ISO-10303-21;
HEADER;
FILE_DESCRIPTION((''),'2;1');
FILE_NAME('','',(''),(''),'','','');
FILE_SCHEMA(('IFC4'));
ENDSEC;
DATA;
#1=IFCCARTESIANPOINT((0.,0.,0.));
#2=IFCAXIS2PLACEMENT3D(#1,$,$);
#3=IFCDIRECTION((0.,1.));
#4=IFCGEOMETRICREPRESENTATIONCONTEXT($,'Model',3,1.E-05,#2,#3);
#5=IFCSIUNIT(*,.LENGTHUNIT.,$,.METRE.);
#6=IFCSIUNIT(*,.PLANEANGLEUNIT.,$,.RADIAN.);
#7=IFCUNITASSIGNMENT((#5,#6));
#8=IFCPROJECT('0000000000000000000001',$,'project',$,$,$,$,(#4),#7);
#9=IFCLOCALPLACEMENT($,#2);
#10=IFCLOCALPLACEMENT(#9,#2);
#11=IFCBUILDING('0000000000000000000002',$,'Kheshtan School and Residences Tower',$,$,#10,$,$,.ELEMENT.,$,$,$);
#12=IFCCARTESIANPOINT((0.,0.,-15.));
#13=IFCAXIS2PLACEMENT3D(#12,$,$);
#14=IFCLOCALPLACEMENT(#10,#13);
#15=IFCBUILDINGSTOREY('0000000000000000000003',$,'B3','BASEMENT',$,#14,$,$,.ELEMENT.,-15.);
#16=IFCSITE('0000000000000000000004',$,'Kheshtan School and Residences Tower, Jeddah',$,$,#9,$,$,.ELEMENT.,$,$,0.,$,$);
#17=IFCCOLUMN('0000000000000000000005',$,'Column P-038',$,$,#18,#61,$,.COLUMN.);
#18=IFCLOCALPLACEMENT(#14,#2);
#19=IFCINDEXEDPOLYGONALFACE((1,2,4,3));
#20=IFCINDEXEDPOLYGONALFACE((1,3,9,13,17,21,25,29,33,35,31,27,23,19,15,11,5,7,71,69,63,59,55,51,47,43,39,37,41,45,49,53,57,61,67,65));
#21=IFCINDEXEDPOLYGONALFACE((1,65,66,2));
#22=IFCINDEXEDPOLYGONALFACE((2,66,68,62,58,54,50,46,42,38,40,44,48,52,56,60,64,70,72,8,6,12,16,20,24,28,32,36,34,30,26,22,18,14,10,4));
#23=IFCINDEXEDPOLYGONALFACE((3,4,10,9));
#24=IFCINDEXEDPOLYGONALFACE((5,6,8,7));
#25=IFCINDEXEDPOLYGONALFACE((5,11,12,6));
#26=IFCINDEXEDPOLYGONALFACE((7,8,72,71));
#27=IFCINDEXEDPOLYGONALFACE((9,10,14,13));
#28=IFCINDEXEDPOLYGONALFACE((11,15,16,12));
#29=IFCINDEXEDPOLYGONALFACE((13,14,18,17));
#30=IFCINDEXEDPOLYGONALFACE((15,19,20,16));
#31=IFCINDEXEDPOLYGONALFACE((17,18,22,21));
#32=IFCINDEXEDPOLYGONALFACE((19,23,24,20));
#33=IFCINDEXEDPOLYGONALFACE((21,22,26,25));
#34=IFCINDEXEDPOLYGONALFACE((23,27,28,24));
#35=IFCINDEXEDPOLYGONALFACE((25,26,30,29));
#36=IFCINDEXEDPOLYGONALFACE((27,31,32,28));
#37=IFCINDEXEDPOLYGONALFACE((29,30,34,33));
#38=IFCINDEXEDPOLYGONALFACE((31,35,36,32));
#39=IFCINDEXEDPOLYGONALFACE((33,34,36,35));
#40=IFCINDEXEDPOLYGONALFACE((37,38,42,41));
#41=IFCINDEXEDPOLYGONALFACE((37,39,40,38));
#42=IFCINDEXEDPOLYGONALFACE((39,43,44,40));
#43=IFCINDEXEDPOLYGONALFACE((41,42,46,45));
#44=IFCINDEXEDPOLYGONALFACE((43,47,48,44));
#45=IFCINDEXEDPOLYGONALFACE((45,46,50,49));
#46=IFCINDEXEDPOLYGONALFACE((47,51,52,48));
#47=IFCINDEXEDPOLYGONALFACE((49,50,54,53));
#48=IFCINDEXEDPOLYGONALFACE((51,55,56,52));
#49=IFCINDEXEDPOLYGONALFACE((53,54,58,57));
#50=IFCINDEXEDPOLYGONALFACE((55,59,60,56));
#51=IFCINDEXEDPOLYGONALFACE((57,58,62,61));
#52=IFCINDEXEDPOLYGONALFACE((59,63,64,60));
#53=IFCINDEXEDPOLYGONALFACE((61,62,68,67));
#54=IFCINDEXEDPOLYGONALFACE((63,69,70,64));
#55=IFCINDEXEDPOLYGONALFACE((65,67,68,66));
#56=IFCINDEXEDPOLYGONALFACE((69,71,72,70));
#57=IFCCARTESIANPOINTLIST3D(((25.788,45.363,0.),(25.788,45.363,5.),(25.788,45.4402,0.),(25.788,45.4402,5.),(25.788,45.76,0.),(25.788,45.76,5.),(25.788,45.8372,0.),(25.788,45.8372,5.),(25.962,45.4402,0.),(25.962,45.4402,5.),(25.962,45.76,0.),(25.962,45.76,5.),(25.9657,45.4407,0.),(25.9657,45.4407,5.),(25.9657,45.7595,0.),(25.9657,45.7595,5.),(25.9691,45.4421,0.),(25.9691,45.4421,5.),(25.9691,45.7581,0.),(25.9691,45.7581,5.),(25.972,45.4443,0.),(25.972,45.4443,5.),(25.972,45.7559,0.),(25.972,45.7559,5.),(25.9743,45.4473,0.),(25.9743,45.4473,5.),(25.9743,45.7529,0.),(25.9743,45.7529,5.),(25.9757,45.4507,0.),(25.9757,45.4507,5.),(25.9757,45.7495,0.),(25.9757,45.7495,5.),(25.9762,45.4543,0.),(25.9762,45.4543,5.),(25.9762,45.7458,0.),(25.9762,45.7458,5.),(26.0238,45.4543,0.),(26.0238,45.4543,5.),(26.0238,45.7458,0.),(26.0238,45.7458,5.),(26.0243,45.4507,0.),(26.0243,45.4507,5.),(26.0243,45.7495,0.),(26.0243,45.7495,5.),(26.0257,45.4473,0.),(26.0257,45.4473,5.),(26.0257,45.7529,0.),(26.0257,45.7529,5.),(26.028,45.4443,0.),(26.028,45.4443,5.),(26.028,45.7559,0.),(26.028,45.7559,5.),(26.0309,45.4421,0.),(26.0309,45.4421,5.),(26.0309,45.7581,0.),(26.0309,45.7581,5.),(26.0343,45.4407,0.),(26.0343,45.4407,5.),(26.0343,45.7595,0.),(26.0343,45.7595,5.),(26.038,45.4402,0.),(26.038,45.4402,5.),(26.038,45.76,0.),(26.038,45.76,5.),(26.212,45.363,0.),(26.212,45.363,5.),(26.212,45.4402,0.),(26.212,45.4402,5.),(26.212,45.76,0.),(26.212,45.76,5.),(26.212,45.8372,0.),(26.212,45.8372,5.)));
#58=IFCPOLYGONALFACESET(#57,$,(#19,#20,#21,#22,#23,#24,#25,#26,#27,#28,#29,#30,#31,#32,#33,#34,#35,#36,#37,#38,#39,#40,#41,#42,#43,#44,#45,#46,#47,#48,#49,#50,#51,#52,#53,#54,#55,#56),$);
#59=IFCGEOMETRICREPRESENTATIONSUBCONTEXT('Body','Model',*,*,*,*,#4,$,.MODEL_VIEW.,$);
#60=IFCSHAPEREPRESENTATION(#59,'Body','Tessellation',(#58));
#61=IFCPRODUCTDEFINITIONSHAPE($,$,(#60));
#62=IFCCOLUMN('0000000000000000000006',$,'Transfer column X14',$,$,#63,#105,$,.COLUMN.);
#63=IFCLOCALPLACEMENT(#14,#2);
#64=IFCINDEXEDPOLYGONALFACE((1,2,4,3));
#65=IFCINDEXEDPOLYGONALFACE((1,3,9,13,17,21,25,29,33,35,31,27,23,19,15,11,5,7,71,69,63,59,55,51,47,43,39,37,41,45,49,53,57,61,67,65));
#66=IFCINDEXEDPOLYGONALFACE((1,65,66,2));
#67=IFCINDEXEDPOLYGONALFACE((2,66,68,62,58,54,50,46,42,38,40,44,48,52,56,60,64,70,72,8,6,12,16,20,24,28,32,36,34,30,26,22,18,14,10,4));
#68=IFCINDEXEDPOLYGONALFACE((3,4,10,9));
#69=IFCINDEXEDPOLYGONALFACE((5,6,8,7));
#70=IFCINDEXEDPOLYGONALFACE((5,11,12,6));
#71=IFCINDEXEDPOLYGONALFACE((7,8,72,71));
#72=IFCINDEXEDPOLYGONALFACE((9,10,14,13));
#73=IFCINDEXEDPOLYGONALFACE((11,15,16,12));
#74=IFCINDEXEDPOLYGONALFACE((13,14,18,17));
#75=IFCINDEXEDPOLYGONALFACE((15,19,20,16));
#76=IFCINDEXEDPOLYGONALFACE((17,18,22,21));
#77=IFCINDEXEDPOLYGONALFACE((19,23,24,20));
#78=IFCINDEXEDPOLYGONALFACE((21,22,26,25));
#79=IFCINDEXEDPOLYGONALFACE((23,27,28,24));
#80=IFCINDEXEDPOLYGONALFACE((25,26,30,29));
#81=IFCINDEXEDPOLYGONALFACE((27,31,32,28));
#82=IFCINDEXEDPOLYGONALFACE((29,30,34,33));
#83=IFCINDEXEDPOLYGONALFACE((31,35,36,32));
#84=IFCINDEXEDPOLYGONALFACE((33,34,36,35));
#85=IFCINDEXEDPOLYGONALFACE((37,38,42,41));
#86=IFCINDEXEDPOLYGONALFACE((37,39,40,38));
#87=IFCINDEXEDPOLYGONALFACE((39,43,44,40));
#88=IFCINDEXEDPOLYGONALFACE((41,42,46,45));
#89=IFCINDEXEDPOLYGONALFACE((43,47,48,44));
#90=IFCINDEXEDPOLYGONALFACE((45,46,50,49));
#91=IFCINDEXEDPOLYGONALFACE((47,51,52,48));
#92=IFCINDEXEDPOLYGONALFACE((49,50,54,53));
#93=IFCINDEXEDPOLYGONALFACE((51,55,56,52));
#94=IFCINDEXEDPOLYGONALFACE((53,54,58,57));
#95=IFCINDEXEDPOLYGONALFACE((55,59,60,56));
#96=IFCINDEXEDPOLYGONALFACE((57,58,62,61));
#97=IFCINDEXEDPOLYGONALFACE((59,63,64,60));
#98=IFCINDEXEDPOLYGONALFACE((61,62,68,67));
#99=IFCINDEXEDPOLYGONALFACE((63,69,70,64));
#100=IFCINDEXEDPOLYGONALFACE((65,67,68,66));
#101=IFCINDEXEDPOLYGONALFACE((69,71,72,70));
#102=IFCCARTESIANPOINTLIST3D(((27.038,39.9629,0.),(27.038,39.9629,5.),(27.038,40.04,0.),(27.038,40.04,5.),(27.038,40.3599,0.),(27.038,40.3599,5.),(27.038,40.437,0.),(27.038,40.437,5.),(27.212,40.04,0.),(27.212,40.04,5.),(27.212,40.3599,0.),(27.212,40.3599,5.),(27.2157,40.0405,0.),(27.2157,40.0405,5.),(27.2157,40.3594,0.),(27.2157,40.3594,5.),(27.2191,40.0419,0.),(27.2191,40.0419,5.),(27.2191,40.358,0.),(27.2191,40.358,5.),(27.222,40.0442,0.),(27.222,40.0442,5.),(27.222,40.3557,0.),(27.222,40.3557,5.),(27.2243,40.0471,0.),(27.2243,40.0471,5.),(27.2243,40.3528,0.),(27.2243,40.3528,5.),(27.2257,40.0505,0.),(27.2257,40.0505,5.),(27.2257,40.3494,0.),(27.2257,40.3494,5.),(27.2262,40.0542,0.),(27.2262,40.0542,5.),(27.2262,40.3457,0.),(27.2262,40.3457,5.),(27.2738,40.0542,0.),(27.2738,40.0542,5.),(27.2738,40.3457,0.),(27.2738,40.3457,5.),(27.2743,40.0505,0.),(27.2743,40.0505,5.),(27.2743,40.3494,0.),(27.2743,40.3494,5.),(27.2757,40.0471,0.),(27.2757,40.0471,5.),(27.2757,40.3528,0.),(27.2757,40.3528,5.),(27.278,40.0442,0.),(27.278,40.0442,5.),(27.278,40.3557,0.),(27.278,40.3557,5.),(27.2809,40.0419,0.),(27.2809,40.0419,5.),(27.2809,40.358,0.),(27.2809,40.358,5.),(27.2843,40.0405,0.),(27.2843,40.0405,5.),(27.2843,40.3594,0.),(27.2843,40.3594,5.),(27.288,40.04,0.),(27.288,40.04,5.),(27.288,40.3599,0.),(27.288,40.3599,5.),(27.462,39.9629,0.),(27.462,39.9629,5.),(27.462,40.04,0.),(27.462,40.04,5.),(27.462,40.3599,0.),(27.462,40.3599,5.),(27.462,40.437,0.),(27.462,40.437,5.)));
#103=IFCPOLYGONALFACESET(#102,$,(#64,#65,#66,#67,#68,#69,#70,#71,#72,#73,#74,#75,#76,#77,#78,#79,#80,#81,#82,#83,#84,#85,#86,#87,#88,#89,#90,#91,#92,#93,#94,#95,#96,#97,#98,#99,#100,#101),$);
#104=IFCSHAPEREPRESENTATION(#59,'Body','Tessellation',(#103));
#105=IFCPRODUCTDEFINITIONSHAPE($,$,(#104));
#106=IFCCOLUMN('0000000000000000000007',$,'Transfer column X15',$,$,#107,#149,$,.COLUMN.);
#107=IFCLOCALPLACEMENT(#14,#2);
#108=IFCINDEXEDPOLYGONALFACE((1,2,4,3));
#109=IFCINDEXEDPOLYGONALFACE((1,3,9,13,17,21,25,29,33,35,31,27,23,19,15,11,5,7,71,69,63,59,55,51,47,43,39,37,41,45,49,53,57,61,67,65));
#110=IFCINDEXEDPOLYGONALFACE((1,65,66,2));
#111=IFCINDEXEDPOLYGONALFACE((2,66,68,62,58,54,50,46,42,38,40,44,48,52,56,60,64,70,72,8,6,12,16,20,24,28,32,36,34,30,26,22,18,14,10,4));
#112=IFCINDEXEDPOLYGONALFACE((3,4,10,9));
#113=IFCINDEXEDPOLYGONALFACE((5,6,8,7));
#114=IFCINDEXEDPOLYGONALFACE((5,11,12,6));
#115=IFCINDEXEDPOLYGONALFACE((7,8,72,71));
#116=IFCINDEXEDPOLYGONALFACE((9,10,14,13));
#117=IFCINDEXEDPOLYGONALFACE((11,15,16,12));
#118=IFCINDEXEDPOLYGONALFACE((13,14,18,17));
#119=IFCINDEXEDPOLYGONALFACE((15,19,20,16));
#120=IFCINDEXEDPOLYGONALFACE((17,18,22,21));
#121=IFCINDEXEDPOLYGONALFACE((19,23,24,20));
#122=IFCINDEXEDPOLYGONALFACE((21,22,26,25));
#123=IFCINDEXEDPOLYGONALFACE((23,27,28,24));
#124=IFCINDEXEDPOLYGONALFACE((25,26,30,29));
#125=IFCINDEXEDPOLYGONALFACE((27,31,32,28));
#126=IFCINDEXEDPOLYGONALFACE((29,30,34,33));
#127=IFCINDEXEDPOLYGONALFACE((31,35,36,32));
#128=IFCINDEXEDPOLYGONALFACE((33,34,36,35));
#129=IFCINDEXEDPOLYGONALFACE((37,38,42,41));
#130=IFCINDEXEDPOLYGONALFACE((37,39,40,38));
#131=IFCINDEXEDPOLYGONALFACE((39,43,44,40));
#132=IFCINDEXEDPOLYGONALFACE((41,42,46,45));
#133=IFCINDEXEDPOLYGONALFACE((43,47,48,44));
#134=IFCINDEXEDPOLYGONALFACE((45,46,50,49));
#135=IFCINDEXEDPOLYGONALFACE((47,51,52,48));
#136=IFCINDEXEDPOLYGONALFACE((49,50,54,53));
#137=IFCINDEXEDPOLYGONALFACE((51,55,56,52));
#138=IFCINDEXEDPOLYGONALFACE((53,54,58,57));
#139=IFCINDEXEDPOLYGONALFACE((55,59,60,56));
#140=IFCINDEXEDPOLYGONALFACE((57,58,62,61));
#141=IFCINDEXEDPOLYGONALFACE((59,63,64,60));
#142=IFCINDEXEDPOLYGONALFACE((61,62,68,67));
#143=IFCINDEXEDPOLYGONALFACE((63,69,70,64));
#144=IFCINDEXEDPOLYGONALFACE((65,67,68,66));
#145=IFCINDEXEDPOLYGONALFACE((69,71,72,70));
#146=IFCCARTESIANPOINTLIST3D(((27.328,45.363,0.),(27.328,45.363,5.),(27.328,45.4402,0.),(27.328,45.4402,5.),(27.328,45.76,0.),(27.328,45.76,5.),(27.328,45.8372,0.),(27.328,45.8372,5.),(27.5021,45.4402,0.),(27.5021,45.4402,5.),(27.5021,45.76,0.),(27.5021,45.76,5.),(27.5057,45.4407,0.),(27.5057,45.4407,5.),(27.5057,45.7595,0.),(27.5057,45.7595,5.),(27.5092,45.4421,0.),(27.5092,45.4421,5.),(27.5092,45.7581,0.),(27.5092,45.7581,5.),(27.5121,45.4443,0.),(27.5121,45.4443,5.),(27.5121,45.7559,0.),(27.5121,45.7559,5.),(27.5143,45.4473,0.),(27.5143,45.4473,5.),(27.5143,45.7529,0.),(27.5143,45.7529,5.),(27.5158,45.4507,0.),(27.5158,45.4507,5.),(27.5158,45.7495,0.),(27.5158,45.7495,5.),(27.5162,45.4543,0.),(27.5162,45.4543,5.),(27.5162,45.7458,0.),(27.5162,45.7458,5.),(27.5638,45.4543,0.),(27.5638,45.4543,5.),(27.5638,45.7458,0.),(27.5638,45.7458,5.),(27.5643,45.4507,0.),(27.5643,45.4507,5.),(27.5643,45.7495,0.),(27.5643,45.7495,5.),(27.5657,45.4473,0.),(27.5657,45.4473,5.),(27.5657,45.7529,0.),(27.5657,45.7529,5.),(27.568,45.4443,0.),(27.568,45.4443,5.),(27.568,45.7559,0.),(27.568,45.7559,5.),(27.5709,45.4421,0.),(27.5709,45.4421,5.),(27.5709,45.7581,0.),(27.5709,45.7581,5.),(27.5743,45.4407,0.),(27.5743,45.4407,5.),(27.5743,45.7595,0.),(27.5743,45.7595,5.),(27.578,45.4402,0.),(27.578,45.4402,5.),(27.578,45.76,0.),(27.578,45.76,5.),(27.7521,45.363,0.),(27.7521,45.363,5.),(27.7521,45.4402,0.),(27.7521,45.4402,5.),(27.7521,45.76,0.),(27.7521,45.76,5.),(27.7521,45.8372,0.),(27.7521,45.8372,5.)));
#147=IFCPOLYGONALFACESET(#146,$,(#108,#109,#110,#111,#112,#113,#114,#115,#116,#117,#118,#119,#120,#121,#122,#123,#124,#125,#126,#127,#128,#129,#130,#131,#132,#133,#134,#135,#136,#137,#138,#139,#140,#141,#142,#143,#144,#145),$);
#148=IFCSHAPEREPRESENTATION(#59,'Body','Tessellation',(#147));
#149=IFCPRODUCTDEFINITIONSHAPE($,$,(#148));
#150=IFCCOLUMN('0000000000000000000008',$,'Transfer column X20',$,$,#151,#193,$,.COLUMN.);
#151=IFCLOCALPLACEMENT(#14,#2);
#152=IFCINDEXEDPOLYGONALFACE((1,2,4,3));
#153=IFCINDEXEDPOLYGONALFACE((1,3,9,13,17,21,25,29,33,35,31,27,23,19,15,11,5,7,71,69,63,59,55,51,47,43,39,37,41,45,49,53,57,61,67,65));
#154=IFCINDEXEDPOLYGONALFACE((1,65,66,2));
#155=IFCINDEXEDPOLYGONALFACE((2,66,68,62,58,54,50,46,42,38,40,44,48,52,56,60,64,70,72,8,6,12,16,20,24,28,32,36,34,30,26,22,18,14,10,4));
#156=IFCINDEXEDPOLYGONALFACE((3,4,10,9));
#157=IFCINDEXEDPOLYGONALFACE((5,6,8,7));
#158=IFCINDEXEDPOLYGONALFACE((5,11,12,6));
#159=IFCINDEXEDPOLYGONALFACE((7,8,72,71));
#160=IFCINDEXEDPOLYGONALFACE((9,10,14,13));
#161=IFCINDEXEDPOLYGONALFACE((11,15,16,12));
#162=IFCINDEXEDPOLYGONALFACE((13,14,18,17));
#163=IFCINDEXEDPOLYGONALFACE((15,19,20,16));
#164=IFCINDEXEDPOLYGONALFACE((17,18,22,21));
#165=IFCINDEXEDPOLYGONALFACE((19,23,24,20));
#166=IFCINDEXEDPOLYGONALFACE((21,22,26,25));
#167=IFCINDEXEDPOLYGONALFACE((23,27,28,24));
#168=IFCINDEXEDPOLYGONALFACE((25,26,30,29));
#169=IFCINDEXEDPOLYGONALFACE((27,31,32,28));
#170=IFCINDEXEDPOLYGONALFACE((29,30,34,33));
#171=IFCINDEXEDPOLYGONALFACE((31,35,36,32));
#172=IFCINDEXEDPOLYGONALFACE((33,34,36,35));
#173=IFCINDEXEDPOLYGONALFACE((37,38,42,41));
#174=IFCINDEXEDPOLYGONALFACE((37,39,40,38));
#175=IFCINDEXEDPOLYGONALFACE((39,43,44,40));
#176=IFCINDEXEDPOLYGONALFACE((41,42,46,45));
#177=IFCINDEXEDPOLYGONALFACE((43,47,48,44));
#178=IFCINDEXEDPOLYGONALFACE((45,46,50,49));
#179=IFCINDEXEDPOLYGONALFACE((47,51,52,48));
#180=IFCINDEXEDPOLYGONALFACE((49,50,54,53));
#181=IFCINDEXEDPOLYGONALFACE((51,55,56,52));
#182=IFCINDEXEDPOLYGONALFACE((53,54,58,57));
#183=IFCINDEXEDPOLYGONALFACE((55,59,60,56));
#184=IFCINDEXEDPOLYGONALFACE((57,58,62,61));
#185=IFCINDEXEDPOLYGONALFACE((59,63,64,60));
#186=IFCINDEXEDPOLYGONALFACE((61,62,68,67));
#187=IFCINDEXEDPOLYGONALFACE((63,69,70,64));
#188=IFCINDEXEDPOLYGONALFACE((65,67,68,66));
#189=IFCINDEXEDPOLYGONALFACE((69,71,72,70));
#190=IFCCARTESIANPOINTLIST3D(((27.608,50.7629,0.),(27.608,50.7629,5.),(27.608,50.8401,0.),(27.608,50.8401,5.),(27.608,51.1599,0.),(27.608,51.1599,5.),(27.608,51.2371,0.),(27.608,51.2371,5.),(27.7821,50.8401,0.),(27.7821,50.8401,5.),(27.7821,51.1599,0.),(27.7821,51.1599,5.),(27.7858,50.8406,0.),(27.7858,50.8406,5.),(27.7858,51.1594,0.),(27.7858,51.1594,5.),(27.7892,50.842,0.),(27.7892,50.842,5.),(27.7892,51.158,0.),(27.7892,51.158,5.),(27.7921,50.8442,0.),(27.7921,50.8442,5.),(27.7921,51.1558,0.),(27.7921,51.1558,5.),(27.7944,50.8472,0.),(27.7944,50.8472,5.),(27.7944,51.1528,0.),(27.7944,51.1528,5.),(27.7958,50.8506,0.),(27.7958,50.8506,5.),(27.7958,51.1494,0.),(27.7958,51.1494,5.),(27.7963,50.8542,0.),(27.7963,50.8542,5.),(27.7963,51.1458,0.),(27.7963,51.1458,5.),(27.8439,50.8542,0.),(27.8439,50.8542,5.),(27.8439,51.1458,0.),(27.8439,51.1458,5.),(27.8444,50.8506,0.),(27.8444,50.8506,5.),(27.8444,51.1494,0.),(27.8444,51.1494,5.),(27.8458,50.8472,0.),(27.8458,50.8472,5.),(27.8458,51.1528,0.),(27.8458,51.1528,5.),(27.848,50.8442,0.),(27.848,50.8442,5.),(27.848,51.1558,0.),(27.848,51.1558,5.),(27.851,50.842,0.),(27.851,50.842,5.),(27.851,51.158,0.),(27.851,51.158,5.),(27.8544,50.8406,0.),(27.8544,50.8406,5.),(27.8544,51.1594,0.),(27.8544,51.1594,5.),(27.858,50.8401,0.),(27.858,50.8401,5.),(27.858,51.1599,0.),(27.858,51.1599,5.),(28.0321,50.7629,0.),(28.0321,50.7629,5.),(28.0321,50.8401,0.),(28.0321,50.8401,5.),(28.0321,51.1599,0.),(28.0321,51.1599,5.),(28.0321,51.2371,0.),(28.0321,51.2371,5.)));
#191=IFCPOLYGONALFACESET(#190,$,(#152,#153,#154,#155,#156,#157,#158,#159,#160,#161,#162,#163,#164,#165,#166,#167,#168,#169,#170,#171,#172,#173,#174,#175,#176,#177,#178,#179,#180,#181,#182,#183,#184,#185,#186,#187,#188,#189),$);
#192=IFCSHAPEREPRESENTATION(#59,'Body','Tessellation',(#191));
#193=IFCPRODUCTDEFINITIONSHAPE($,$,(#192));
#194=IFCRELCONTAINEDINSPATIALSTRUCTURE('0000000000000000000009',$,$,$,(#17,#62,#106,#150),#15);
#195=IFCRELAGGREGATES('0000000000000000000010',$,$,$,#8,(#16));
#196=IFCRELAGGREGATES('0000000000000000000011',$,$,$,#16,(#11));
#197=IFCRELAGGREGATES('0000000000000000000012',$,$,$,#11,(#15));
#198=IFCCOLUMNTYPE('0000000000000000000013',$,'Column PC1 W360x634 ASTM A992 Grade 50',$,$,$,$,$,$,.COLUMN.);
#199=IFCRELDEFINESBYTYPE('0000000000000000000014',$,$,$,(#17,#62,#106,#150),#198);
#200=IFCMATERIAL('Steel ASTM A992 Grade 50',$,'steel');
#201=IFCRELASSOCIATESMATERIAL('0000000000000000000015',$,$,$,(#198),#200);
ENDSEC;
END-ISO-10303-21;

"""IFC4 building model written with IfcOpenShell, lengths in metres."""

from ifc_helpers import new_model, si_unit, direction, frame, origin, origin_2d, place, context, subcontext, project, spatial, i_section, extrude, material, material_profile, profile_set, type_object, element, save


model = new_model("IFC4")

# Units and contexts
model_context = context("Model", 3, precision=1e-05, world=origin(), true_north=direction((0.0, 1.0)))
body_context = subcontext(model_context, "Body", "Model", "MODEL_VIEW")
ifc_project = project(units=[si_unit("LENGTHUNIT", "METRE"), si_unit("PLANEANGLEUNIT", "RADIAN")], contexts=[model_context])

# Site, building, storey
site_placement = place(None, origin())
site = spatial("IfcSite", under=ifc_project, at=site_placement, Name="Kheshtan School and Residences Tower, Jeddah", CompositionType="ELEMENT", RefElevation=0.0)
building_placement = place(site_placement, origin())
building = spatial("IfcBuilding", under=site, at=building_placement, Name="Kheshtan School and Residences Tower", CompositionType="ELEMENT")
storey_placement = place(building_placement, frame((0.0, 0.0, -15.0)))
storey = spatial("IfcBuildingStorey", under=building, at=storey_placement, Name="B3", Description="BASEMENT", CompositionType="ELEMENT", Elevation=-15.0)

# Columns
ifc_material_1 = material(Name="Steel ASTM A992 Grade 50", Category="steel")
ifc_material_profile_1 = material_profile(ifc_material_1, i_section(OverallWidth=0.4241, OverallDepth=0.4741, WebThickness=0.0476, FlangeThickness=0.0771, FilletRadius=0.0142, at=origin_2d()), Name="W360x634")
ifc_profile_set_1 = profile_set([ifc_material_profile_1], Name="Steel ASTM A992 Grade 50")
column_type = type_object("IfcColumnType", Name="Column PC1 W360x634 ASTM A992 Grade 50", PredefinedType="COLUMN", material=ifc_profile_set_1)
for number, where, z_axis, x_axis, name in (
    (1, (26.0, 45.6001, 0.0), (0.0, 0.0, 1.0), (1.0, 0.0, 0.0), "Column P-038"),
    (2, (27.25, 40.2, 0.0), (0.0, 0.0, 1.0), (1.0, 0.0, 0.0), "Transfer column X14"),
    (3, (27.54, 45.6001, 0.0), (0.0, 0.0, 1.0), (1.0, 0.0, 0.0), "Transfer column X15"),
    (4, (27.8201, 51.0, 0.0), (0.0, 0.0, 1.0), (1.0, 0.0, 0.0), "Transfer column X20"),
):
    element("IfcColumn", number, at=place(storey_placement, frame(where, z_axis=z_axis, x_axis=x_axis)), inside=storey, type_object=column_type, Name=name, PredefinedType="COLUMN", context=body_context, shape_type="SweptSolid", body=[
        extrude(i_section(OverallWidth=0.4241, OverallDepth=0.4741, WebThickness=0.0476, FlangeThickness=0.0771, FilletRadius=0.0142, at=origin_2d()), origin(), (0.0, 0.0, 1.0), 5.0),
    ])

save(model, "model.ifc")
